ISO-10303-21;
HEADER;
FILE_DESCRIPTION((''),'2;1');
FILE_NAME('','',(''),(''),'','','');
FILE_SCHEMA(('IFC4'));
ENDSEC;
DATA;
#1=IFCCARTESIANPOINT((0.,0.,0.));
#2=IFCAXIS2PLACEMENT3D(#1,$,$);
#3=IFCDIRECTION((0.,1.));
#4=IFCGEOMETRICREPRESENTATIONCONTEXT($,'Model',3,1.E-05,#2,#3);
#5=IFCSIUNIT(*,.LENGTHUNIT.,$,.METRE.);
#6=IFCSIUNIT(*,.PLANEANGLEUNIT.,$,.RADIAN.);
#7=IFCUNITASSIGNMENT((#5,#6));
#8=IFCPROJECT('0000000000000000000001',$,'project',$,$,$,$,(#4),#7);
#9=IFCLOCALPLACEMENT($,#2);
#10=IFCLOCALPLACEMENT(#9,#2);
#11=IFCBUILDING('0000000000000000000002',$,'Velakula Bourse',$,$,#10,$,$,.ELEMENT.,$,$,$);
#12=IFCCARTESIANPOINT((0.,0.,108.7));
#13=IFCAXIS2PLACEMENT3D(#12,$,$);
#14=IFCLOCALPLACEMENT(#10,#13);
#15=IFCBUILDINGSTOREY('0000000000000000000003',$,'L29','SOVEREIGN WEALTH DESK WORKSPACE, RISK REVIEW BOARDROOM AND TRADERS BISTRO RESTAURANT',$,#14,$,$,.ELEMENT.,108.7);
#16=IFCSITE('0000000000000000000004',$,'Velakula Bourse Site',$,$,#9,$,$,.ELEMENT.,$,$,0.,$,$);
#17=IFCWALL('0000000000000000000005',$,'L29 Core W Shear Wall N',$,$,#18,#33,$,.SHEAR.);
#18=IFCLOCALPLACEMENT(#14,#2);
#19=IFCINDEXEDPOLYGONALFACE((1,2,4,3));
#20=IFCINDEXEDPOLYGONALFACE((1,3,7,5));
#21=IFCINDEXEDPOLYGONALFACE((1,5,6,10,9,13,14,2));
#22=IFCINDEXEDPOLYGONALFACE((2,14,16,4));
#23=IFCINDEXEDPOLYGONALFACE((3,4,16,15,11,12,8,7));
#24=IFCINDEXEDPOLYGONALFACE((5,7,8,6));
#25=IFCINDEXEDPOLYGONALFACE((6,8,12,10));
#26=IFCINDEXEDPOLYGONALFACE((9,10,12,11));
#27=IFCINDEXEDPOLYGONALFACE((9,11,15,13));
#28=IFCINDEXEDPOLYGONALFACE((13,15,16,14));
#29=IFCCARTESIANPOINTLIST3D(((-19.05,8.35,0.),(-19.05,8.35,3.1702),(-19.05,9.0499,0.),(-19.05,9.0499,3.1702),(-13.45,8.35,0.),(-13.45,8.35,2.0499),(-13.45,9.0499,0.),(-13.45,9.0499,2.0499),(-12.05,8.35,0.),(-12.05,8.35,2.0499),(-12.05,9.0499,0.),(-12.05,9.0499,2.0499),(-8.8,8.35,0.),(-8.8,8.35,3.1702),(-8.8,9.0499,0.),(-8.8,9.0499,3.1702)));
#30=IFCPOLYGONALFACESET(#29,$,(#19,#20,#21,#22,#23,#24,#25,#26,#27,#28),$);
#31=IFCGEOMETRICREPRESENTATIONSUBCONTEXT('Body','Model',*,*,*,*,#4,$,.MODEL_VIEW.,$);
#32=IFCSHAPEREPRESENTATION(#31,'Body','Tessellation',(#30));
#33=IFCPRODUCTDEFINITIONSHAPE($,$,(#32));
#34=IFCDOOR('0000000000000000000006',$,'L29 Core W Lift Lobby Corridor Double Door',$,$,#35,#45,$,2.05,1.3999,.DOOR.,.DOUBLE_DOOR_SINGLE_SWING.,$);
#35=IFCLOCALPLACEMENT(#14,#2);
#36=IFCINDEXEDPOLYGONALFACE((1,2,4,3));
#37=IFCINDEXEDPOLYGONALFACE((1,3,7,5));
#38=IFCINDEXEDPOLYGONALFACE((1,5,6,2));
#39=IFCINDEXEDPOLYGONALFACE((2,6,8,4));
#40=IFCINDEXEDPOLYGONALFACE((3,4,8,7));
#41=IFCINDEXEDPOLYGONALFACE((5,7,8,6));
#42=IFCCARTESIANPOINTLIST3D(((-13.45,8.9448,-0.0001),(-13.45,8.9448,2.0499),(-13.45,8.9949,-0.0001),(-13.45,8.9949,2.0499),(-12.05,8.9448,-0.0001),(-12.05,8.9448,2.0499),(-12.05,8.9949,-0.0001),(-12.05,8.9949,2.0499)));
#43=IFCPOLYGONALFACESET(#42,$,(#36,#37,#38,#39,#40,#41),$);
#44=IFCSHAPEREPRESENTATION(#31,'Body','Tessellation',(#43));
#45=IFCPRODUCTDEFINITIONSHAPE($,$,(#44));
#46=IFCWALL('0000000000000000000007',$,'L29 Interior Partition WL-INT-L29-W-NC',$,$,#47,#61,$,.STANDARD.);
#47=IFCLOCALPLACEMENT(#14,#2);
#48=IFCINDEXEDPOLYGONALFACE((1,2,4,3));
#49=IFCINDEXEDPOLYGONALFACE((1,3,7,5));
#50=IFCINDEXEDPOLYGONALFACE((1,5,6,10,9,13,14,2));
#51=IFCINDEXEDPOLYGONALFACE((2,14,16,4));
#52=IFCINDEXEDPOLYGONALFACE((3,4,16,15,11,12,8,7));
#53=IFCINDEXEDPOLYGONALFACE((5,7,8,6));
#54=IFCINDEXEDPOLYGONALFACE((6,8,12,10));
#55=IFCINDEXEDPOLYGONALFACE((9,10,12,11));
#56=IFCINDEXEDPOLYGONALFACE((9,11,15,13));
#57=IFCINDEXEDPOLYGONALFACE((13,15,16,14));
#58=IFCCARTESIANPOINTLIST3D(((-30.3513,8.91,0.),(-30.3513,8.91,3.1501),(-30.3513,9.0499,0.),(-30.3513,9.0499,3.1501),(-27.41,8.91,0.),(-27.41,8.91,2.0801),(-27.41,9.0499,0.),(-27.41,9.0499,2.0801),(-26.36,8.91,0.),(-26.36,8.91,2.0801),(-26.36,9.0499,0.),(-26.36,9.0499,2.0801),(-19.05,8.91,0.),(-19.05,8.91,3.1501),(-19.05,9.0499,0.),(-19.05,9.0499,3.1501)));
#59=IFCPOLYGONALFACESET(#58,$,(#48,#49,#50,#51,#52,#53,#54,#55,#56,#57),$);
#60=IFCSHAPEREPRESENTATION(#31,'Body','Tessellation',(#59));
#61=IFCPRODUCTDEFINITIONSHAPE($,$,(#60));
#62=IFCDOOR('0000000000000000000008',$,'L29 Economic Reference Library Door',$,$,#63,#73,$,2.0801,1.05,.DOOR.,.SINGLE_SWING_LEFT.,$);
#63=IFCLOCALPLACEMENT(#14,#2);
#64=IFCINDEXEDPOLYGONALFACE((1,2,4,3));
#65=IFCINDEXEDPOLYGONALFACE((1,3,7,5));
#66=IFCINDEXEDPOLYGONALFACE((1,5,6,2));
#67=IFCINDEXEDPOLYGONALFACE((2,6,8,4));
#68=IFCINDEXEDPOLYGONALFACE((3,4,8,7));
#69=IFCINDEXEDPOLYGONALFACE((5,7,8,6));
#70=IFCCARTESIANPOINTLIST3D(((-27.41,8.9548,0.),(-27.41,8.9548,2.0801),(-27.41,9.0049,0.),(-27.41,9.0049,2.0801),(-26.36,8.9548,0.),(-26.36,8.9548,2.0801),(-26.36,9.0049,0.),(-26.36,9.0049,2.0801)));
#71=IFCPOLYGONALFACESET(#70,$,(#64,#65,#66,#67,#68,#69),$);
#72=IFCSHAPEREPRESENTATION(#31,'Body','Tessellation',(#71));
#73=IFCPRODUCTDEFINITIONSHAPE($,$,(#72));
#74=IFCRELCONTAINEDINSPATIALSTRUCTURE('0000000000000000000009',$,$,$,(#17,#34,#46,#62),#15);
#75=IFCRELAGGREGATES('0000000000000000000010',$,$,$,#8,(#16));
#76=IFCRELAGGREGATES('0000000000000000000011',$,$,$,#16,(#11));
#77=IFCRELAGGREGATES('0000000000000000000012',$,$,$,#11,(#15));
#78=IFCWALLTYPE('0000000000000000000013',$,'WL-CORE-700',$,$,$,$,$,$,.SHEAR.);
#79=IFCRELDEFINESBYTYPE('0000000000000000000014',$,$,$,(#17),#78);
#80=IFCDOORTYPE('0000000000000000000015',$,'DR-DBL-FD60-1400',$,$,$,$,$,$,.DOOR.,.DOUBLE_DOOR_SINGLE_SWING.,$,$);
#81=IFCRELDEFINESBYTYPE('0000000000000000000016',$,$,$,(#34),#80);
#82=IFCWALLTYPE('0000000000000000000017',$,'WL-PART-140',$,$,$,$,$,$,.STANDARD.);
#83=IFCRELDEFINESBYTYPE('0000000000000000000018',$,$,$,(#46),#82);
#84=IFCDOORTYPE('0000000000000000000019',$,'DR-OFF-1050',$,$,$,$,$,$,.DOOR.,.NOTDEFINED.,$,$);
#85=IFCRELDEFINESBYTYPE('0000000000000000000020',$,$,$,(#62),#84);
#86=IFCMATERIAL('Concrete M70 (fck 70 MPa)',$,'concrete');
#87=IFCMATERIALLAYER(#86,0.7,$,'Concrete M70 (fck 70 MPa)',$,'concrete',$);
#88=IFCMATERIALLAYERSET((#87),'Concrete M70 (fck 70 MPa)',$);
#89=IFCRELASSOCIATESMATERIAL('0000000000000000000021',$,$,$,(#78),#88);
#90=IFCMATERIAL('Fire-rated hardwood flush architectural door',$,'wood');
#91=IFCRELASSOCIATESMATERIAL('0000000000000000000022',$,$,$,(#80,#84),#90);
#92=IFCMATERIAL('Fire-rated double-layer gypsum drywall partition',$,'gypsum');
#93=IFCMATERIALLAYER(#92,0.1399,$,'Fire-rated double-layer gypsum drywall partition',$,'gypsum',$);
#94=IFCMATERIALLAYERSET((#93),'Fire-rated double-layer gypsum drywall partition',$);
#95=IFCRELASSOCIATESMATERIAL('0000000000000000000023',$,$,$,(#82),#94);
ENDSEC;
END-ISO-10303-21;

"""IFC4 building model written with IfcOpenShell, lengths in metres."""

from ifc_helpers import new_model, si_unit, direction, frame, frame_2d, origin, place, context, subcontext, project, spatial, rectangle, extrude, material, layer, layer_set, type_object, element, fill, save


model = new_model("IFC4")

# Units and contexts
model_context = context("Model", 3, precision=1e-05, world=origin(), true_north=direction((0.0, 1.0)))
body_context = subcontext(model_context, "Body", "Model", "MODEL_VIEW")
ifc_project = project(units=[si_unit("LENGTHUNIT", "METRE"), si_unit("PLANEANGLEUNIT", "RADIAN")], contexts=[model_context])

# Site, building, storey
site_placement = place(None, origin())
site = spatial("IfcSite", under=ifc_project, at=site_placement, Name="Velakula Bourse Site", CompositionType="ELEMENT", RefElevation=0.0)
building_placement = place(site_placement, origin())
building = spatial("IfcBuilding", under=site, at=building_placement, Name="Velakula Bourse", CompositionType="ELEMENT")
storey_placement = place(building_placement, frame((0.0, 0.0, 108.7)))
storey = spatial("IfcBuildingStorey", under=building, at=storey_placement, Name="L29", Description="SOVEREIGN WEALTH DESK WORKSPACE, RISK REVIEW BOARDROOM AND TRADERS BISTRO RESTAURANT", CompositionType="ELEMENT", Elevation=108.7)

# Shared definitions
ifc_material_1 = material(Name="Concrete M70 (fck 70 MPa)", Category="concrete")

# Walls, openings, doors
ifc_layer_1 = layer(ifc_material_1, 0.7, Name="Concrete M70 (fck 70 MPa)", Category="concrete")
ifc_layer_set_1 = layer_set([ifc_layer_1], Name="Concrete M70 (fck 70 MPa)")
wall_type_1 = type_object("IfcWallType", Name="WL-CORE-700", PredefinedType="SHEAR", material=ifc_layer_set_1)
wall_1_placement = place(storey_placement, frame((-19.05, 8.7, 0.0), z_axis=(0.0, 0.0, 1.0), x_axis=(1.0, 0.0, 0.0)))
wall_1 = element("IfcWall", 1, at=wall_1_placement, inside=storey, type_object=wall_type_1, Name="L29 Core W Shear Wall N", PredefinedType="SHEAR", context=body_context, shape_type="SweptSolid", body=[
    extrude(rectangle(XDim=10.25, YDim=0.7, at=frame_2d((5.125, 0.0))), origin(), (0.0, 0.0, 1.0), 3.1702),
])
opening_1_placement = place(wall_1_placement, frame((5.6001, 0.0, 0.0)))
opening_1 = element("IfcOpeningElement", 2, at=opening_1_placement, cuts=wall_1, PredefinedType="OPENING", context=body_context, shape_type="SweptSolid", body=[
    extrude(rectangle(XDim=1.3999, YDim=2.05, at=frame_2d((0.7, 1.0249))), frame((0.0, 0.3599, 0.0), z_axis=(0.0, -1.0, 0.0), x_axis=(1.0, 0.0, 0.0)), (0.0, 0.0, 1.0), 0.72),
])
ifc_material_2 = material(Name="Fire-rated hardwood flush architectural door", Category="wood")
door_type_1 = type_object("IfcDoorType", Name="DR-DBL-FD60-1400", OperationType="DOUBLE_DOOR_SINGLE_SWING", PredefinedType="DOOR", material=ifc_material_2)
door_1_placement = place(opening_1_placement, origin())
door_1 = element("IfcDoor", 3, at=door_1_placement, inside=storey, type_object=door_type_1, Name="L29 Core W Lift Lobby Corridor Double Door", OperationType="DOUBLE_DOOR_SINGLE_SWING", OverallHeight=2.05, OverallWidth=1.3999, PredefinedType="DOOR", context=body_context, shape_type="SweptSolid", body=[
    extrude(rectangle(XDim=1.3999, YDim=2.05, at=frame_2d((0.7, 1.0249))), frame((0.0, 0.2949, 0.0), z_axis=(0.0, -1.0, 0.0), x_axis=(1.0, 0.0, 0.0)), (0.0, 0.0, 1.0), 0.05),
])
fill(opening_1, door_1)
ifc_material_3 = material(Name="Fire-rated double-layer gypsum drywall partition", Category="gypsum")
ifc_layer_2 = layer(ifc_material_3, 0.1399, Name="Fire-rated double-layer gypsum drywall partition", Category="gypsum")
ifc_layer_set_2 = layer_set([ifc_layer_2], Name="Fire-rated double-layer gypsum drywall partition")
wall_type_2 = type_object("IfcWallType", Name="WL-PART-140", PredefinedType="STANDARD", material=ifc_layer_set_2)
wall_2_placement = place(storey_placement, frame((-30.3513, 8.98, 0.0), z_axis=(0.0, 0.0, 1.0), x_axis=(1.0, 0.0, 0.0)))
wall_2 = element("IfcWall", 4, at=wall_2_placement, inside=storey, type_object=wall_type_2, Name="L29 Interior Partition WL-INT-L29-W-NC", PredefinedType="STANDARD", context=body_context, shape_type="SweptSolid", body=[
    extrude(rectangle(XDim=11.3013, YDim=0.1399, at=frame_2d((5.6506, 0.0))), origin(), (0.0, 0.0, 1.0), 3.1501),
])
opening_2_placement = place(wall_2_placement, frame((2.9414, 0.0, 0.0)))
opening_2 = element("IfcOpeningElement", 5, at=opening_2_placement, cuts=wall_2, PredefinedType="OPENING", context=body_context, shape_type="SweptSolid", body=[
    extrude(rectangle(XDim=1.05, YDim=2.0801, at=frame_2d((0.5249, 1.04))), frame((0.0, 0.0798, 0.0), z_axis=(0.0, -1.0, 0.0), x_axis=(1.0, 0.0, 0.0)), (0.0, 0.0, 1.0), 0.1599),
])
door_type_2 = type_object("IfcDoorType", Name="DR-OFF-1050", OperationType="NOTDEFINED", PredefinedType="DOOR", material=ifc_material_2)
door_2_placement = place(opening_2_placement, origin())
door_2 = element("IfcDoor", 6, at=door_2_placement, inside=storey, type_object=door_type_2, Name="L29 Economic Reference Library Door", OperationType="SINGLE_SWING_LEFT", OverallHeight=2.0801, OverallWidth=1.05, PredefinedType="DOOR", context=body_context, shape_type="SweptSolid", body=[
    extrude(rectangle(XDim=1.05, YDim=2.0801, at=frame_2d((0.5249, 1.04))), frame((0.0, 0.0249, 0.0), z_axis=(0.0, -1.0, 0.0), x_axis=(1.0, 0.0, 0.0)), (0.0, 0.0, 1.0), 0.05),
])
fill(opening_2, door_2)

save(model, "model.ifc")
